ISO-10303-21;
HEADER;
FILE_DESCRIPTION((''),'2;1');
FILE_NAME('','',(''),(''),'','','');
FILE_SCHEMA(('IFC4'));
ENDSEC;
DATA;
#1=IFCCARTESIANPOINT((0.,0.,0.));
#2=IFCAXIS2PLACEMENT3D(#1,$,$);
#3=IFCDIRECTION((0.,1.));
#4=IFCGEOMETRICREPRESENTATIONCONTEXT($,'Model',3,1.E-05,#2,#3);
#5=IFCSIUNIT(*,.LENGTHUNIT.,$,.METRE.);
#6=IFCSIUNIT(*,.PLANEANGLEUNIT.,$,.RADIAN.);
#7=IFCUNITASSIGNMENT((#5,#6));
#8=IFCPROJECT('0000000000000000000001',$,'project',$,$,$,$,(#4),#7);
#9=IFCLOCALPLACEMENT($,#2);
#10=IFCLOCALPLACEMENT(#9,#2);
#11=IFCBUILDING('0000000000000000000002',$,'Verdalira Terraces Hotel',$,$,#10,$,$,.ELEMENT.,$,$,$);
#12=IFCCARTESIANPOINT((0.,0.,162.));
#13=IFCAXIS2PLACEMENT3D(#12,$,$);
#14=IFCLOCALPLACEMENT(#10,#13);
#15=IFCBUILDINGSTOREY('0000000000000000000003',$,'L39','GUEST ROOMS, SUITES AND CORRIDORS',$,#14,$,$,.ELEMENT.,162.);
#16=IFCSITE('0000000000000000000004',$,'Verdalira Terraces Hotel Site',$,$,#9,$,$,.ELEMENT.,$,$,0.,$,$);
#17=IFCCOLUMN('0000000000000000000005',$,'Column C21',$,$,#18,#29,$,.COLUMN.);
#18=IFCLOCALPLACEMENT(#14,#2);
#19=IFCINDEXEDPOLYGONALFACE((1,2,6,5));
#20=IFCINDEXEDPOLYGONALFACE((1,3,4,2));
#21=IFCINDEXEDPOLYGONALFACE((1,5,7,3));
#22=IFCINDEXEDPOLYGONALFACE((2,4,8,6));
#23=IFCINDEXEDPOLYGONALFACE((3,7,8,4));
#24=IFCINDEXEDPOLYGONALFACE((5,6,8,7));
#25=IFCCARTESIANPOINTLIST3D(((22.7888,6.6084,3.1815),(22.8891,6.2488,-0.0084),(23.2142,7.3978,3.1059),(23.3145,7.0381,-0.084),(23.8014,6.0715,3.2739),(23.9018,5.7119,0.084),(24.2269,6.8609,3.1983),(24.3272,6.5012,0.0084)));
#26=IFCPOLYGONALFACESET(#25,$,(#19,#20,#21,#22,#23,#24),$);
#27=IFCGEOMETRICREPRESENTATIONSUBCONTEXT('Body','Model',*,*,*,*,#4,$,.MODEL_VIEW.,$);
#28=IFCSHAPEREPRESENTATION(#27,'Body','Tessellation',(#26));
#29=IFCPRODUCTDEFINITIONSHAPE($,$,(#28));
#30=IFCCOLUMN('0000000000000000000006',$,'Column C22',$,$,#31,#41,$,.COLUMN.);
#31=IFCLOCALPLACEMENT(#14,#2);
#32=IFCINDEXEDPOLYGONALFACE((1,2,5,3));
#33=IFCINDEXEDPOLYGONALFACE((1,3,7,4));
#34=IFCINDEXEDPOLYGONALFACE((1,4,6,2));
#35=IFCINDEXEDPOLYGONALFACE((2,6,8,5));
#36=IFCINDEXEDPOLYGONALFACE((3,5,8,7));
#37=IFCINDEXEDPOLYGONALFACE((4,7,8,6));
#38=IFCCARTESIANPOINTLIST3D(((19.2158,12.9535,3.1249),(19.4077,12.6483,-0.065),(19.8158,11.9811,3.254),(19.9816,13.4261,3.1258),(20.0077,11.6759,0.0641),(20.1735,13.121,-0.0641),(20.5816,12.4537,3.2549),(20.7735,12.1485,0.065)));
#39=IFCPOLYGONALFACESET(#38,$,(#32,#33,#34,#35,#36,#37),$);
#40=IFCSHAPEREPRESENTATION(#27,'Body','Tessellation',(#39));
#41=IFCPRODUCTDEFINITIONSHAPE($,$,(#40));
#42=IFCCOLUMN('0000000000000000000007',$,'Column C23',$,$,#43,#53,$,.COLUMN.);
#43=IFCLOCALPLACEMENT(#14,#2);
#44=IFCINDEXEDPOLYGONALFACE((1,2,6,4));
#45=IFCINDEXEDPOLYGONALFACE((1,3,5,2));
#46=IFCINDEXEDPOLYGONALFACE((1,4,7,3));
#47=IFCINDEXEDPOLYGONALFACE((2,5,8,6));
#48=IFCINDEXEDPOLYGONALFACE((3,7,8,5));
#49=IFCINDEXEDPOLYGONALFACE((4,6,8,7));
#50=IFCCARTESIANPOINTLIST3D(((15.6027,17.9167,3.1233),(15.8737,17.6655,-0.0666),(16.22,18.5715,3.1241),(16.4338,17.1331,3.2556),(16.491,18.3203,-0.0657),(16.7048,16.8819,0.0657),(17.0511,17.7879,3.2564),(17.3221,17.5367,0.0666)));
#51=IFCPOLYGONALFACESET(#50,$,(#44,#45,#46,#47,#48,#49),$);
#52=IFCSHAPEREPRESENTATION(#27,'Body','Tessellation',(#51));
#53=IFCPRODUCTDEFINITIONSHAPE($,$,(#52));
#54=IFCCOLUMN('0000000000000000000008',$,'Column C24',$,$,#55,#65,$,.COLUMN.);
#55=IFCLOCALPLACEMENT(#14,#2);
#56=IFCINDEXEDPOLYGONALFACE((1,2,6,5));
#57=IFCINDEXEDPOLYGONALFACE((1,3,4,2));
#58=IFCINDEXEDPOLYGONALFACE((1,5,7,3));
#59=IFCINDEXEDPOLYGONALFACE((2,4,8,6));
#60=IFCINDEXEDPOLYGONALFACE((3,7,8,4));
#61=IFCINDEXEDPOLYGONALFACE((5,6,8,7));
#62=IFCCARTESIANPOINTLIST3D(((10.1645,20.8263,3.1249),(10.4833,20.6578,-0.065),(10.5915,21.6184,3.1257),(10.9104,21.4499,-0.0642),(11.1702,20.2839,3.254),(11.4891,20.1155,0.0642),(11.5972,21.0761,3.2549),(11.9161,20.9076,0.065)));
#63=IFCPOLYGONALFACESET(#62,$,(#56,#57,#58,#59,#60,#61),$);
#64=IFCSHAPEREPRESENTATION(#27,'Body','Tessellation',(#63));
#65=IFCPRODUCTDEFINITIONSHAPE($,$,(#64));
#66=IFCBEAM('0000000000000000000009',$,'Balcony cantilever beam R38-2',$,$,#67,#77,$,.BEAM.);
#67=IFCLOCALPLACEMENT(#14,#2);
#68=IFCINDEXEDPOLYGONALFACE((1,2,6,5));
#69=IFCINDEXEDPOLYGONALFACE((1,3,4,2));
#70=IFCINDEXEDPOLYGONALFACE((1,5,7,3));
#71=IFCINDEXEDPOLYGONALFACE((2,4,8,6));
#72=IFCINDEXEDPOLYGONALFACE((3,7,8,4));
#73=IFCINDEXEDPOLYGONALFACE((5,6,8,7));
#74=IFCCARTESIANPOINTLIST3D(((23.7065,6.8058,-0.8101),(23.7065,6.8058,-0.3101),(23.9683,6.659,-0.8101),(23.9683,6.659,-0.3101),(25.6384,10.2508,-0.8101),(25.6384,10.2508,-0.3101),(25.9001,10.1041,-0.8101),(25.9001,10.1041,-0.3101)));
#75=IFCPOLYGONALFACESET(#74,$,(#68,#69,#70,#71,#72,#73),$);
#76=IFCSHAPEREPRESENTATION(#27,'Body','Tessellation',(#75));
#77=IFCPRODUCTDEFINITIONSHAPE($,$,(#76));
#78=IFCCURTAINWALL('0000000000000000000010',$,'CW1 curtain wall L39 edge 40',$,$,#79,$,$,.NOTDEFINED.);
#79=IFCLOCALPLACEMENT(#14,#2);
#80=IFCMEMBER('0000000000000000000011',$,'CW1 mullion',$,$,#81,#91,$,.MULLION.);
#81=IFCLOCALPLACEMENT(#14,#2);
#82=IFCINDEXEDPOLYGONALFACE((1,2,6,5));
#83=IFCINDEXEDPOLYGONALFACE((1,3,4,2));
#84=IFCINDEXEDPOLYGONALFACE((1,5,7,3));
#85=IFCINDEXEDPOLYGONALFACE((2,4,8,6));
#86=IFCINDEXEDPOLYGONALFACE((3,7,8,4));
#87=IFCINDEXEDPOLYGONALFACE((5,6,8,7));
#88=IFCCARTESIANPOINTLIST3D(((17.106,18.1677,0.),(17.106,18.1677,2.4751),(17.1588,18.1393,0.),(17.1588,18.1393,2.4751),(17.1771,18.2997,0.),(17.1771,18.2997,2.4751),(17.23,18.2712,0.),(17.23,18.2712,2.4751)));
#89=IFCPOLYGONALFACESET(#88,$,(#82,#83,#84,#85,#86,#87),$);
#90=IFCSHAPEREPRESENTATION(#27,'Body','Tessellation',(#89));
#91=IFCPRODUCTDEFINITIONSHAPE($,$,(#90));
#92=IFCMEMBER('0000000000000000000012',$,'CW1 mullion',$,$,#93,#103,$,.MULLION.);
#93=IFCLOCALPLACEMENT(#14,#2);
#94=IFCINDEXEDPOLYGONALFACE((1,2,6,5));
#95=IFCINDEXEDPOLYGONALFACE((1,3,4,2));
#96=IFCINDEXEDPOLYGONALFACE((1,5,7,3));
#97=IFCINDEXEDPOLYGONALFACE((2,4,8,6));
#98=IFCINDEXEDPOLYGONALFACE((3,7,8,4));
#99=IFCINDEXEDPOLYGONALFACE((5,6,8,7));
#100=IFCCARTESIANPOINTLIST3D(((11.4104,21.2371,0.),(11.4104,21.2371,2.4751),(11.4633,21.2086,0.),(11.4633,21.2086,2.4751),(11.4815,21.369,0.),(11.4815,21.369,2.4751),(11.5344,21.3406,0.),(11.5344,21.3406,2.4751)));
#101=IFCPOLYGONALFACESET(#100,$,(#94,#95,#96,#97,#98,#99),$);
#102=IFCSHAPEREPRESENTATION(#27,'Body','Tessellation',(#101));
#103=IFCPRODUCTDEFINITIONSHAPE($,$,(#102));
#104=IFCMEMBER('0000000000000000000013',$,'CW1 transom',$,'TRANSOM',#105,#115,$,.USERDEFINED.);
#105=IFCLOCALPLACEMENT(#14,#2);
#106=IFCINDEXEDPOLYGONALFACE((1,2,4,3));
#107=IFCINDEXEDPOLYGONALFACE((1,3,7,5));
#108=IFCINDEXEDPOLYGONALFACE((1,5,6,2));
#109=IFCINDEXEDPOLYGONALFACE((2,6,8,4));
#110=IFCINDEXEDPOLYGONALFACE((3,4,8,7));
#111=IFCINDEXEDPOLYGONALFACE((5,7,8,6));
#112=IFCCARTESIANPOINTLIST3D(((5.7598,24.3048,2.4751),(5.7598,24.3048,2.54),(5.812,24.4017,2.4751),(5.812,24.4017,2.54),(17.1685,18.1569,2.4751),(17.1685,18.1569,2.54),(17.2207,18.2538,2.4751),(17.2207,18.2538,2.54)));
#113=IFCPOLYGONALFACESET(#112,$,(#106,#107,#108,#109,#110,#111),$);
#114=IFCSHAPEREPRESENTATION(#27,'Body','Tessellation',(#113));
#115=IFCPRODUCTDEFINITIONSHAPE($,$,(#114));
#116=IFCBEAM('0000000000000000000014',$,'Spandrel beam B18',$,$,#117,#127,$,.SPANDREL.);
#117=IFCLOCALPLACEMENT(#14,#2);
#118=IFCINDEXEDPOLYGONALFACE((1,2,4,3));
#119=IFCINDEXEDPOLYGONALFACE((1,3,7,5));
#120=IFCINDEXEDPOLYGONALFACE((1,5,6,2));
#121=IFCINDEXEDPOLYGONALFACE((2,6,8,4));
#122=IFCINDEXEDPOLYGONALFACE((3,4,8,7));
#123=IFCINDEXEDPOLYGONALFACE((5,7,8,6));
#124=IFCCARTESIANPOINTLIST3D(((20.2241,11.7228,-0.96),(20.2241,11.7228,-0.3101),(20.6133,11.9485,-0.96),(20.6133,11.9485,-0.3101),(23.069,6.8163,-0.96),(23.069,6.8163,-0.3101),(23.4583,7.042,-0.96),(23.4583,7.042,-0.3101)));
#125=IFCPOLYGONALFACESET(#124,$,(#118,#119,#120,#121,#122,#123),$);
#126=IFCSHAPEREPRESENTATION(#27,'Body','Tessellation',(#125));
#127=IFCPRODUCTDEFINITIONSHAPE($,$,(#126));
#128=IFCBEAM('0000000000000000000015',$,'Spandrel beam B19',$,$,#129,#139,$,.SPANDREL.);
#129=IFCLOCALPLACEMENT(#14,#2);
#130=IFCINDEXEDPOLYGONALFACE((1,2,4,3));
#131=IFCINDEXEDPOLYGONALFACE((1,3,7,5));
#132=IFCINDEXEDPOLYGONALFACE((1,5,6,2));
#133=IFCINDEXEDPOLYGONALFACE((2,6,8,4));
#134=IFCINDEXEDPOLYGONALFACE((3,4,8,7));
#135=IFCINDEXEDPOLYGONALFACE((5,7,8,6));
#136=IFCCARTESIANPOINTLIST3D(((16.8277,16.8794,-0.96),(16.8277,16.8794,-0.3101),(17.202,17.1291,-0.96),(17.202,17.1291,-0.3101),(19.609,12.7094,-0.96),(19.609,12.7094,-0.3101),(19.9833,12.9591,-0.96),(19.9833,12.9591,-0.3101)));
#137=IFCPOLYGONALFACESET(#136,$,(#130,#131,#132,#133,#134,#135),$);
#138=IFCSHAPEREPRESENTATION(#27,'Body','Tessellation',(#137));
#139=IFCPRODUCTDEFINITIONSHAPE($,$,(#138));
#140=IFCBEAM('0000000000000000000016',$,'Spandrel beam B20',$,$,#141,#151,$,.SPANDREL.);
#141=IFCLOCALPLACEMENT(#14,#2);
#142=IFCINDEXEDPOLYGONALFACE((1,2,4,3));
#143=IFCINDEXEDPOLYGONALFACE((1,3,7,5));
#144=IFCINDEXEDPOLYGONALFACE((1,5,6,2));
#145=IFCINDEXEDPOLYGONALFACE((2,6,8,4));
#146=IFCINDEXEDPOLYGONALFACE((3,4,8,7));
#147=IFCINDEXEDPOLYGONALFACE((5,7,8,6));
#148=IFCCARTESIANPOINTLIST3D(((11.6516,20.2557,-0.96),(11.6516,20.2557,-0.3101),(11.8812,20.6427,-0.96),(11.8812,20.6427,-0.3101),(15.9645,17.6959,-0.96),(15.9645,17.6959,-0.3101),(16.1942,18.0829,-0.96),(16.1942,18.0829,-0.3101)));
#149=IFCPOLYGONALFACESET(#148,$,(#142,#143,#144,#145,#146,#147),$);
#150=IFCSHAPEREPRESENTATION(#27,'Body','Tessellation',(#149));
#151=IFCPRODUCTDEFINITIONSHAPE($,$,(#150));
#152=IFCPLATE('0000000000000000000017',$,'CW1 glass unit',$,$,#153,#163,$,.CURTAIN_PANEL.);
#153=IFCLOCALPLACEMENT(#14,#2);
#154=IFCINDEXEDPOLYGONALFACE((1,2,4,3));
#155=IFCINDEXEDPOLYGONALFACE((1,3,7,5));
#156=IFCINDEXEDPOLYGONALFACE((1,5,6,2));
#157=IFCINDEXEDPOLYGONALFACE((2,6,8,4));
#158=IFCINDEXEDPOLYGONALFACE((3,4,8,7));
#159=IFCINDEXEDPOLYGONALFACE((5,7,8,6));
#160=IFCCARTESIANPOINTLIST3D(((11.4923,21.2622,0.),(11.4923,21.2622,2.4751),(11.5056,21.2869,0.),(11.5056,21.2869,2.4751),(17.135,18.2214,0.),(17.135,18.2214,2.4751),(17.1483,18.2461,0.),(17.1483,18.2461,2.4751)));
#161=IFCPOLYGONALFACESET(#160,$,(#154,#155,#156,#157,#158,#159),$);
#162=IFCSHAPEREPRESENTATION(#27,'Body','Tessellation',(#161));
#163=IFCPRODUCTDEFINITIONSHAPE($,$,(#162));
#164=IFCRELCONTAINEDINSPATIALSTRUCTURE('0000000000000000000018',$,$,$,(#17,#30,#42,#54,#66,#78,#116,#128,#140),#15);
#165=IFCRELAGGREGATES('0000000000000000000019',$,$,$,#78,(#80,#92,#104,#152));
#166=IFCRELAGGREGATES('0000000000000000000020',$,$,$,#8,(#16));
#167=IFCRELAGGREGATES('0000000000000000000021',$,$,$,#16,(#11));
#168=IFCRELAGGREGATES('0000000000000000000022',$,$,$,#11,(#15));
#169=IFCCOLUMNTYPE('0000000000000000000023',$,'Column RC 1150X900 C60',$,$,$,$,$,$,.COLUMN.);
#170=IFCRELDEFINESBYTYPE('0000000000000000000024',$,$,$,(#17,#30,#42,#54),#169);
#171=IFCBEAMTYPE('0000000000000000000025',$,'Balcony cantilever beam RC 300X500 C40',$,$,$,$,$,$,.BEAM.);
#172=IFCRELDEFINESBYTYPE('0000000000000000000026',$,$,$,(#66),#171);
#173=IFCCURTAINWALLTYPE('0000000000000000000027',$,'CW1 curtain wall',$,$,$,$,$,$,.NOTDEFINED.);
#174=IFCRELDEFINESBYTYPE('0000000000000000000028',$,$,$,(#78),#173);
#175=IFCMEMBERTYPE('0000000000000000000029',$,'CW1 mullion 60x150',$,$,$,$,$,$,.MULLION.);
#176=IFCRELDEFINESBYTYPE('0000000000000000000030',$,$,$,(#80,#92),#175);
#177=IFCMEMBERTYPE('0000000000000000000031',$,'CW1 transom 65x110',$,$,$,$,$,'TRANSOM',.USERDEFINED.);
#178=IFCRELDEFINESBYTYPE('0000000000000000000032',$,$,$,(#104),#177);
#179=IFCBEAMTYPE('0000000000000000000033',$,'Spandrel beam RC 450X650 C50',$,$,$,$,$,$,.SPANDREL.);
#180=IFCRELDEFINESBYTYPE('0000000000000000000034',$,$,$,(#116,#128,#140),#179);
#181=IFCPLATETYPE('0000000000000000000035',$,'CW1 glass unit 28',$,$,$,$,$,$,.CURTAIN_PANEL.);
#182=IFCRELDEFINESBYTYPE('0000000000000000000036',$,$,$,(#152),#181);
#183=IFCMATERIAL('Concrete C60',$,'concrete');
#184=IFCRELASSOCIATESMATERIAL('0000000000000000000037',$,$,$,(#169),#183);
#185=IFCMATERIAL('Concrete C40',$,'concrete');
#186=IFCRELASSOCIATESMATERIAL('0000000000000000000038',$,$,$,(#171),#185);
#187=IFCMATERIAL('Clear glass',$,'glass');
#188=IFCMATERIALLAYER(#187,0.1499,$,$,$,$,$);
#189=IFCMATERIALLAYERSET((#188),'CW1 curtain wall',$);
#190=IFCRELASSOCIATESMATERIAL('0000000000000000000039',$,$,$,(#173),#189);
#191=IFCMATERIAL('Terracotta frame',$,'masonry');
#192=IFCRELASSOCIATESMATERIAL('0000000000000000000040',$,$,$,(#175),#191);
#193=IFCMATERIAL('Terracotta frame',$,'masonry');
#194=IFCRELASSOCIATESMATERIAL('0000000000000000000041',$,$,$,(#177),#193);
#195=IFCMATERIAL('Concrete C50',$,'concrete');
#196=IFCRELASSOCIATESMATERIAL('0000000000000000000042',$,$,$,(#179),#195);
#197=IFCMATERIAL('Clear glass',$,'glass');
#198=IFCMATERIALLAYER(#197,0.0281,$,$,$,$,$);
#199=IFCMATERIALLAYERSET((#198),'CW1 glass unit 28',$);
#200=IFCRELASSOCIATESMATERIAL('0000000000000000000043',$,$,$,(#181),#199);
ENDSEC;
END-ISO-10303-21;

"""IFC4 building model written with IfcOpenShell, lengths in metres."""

from ifc_helpers import new_model, si_unit, direction, frame, origin, origin_2d, place, context, subcontext, project, spatial, rectangle, extrude, material, layer, layer_set, material_profile, profile_set, type_object, element, aggregate, save


model = new_model("IFC4")

# Units and contexts
model_context = context("Model", 3, precision=1e-05, world=origin(), true_north=direction((0.0, 1.0)))
body_context = subcontext(model_context, "Body", "Model", "MODEL_VIEW")
ifc_project = project(units=[si_unit("LENGTHUNIT", "METRE"), si_unit("PLANEANGLEUNIT", "RADIAN")], contexts=[model_context])

# Site, building, storey
site_placement = place(None, origin())
site = spatial("IfcSite", under=ifc_project, at=site_placement, Name="Verdalira Terraces Hotel Site", CompositionType="ELEMENT", RefElevation=0.0)
building_placement = place(site_placement, origin())
building = spatial("IfcBuilding", under=site, at=building_placement, Name="Verdalira Terraces Hotel", CompositionType="ELEMENT")
storey_placement = place(building_placement, frame((0.0, 0.0, 162.0)))
storey = spatial("IfcBuildingStorey", under=building, at=storey_placement, Name="L39", Description="GUEST ROOMS, SUITES AND CORRIDORS", CompositionType="ELEMENT", Elevation=162.0)

# Columns
ifc_material_1 = material(Name="Concrete C60", Category="concrete")
ifc_material_profile_1 = material_profile(ifc_material_1, rectangle(XDim=1.1499, YDim=0.8999, at=origin_2d()), Name="RC 1150X900")
ifc_profile_set_1 = profile_set([ifc_material_profile_1], Name="Concrete C60")
column_type = type_object("IfcColumnType", Name="Column RC 1150X900 C60", PredefinedType="COLUMN", material=ifc_profile_set_1)
column_1_placement = place(storey_placement, frame((23.6082, 6.375, 0.0), z_axis=(-0.031242, 0.111971, 0.99322), x_axis=(0.880654, -0.466899, 0.080338)))
element("IfcColumn", 1, at=column_1_placement, inside=storey, type_object=column_type, Name="Column C21", PredefinedType="COLUMN", context=body_context, shape_type="SweptSolid", body=[
    extrude(rectangle(XDim=1.1499, YDim=0.8999, at=origin_2d()), origin(), (0.0, 0.0, 1.0), 3.2117),
])
column_2_placement = place(storey_placement, frame((20.0906, 12.3984, 0.0), z_axis=(-0.059776, 0.095063, 0.993675), x_axis=(-0.521787, 0.845653, -0.112291)))
element("IfcColumn", 2, at=column_2_placement, inside=storey, type_object=column_type, Name="Column C22", PredefinedType="COLUMN", context=body_context, shape_type="SweptSolid", body=[
    extrude(rectangle(XDim=1.1499, YDim=0.8999, at=origin_2d()), origin(), (0.0, 0.0, 1.0), 3.2102),
])
column_3_placement = place(storey_placement, frame((16.5979, 17.6011, 0.0), z_axis=(-0.084389, 0.078231, 0.993357), x_axis=(0.722727, -0.681487, 0.115068)))
element("IfcColumn", 3, at=column_3_placement, inside=storey, type_object=column_type, Name="Column C23", PredefinedType="COLUMN", context=body_context, shape_type="SweptSolid", body=[
    extrude(rectangle(XDim=1.1499, YDim=0.8999, at=origin_2d()), origin(), (0.0, 0.0, 1.0), 3.2112),
])
column_4_placement = place(storey_placement, frame((11.1997, 20.7827, 0.0), z_axis=(-0.099321, 0.052475, 0.993671), x_axis=(-0.874617, 0.471623, -0.112327)))
element("IfcColumn", 4, at=column_4_placement, inside=storey, type_object=column_type, Name="Column C24", PredefinedType="COLUMN", context=body_context, shape_type="SweptSolid", body=[
    extrude(rectangle(XDim=1.1499, YDim=0.8999, at=origin_2d()), origin(), (0.0, 0.0, 1.0), 3.2102),
])

# Beam
ifc_material_2 = material(Name="Concrete C40", Category="concrete")
ifc_material_profile_2 = material_profile(ifc_material_2, rectangle(XDim=0.3, YDim=0.5, at=origin_2d()), Name="RC 300X500")
ifc_profile_set_2 = profile_set([ifc_material_profile_2], Name="Concrete C40")
beam_type_1 = type_object("IfcBeamType", Name="Balcony cantilever beam RC 300X500 C40", PredefinedType="BEAM", material=ifc_profile_set_2)
beam_1_placement = place(storey_placement, frame((23.8374, 6.7324, -0.5601), z_axis=(0.489113, 0.87222, 0.0), x_axis=(-0.87222, 0.489113, 0.0)))
element("IfcBeam", 5, at=beam_1_placement, inside=storey, type_object=beam_type_1, Name="Balcony cantilever beam R38-2", PredefinedType="BEAM", context=body_context, shape_type="SweptSolid", body=[
    extrude(rectangle(XDim=0.3, YDim=0.5, at=origin_2d()), origin(), (0.0, 0.0, 1.0), 3.9497),
])

# Curtain wall, members
ifc_material_3 = material(Name="Clear glass", Category="glass")
ifc_layer_1 = layer(ifc_material_3, 0.1499)
ifc_layer_set_1 = layer_set([ifc_layer_1], Name="CW1 curtain wall")
curtain_wall_type = type_object("IfcCurtainWallType", Name="CW1 curtain wall", PredefinedType="NOTDEFINED", material=ifc_layer_set_1)
curtain_wall_placement = place(storey_placement, origin())
curtain_wall = element("IfcCurtainWall", 6, at=curtain_wall_placement, inside=storey, type_object=curtain_wall_type, Name="CW1 curtain wall L39 edge 40", PredefinedType="NOTDEFINED")
ifc_material_4 = material(Name="Terracotta frame", Category="masonry")
ifc_material_profile_3 = material_profile(ifc_material_4, rectangle(XDim=0.0601, YDim=0.1499, at=origin_2d()), Name="MU 60x150")
ifc_profile_set_3 = profile_set([ifc_material_profile_3], Name="Terracotta frame")
member_type_1 = type_object("IfcMemberType", Name="CW1 mullion 60x150", PredefinedType="MULLION", material=ifc_profile_set_3)
member_1_placement = place(storey_placement, frame((17.168, 18.2195, 0.0), z_axis=(0.0, 0.0, 1.0), x_axis=(-0.880312, 0.474396, 0.0)))
member_1 = element("IfcMember", 7, at=member_1_placement, type_object=member_type_1, Name="CW1 mullion", PredefinedType="MULLION", context=body_context, shape_type="SweptSolid", body=[
    extrude(rectangle(XDim=0.0601, YDim=0.1499, at=origin_2d()), origin(), (0.0, 0.0, 1.0), 2.4751),
])
member_2_placement = place(storey_placement, frame((11.4724, 21.2888, 0.0), z_axis=(0.0, 0.0, 1.0), x_axis=(-0.880312, 0.474396, 0.0)))
member_2 = element("IfcMember", 8, at=member_2_placement, type_object=member_type_1, Name="CW1 mullion", PredefinedType="MULLION", context=body_context, shape_type="SweptSolid", body=[
    extrude(rectangle(XDim=0.0601, YDim=0.1499, at=origin_2d()), origin(), (0.0, 0.0, 1.0), 2.4751),
])
ifc_material_5 = material(Name="Terracotta frame", Category="masonry")
ifc_material_profile_4 = material_profile(ifc_material_5, rectangle(XDim=0.1101, YDim=0.0649, at=origin_2d()), Name="TR 65x110")
ifc_profile_set_4 = profile_set([ifc_material_profile_4], Name="Terracotta frame")
member_type_2 = type_object("IfcMemberType", Name="CW1 transom 65x110", ElementType="TRANSOM", PredefinedType="USERDEFINED", material=ifc_profile_set_4)
member_3_placement = place(storey_placement, frame((17.1946, 18.2053, 2.5076), z_axis=(-0.880316, 0.474387, 0.0), x_axis=(-0.474387, -0.880316, 0.0)))
member_3 = element("IfcMember", 9, at=member_3_placement, type_object=member_type_2, Name="CW1 transom", ObjectType="TRANSOM", PredefinedType="USERDEFINED", context=body_context, shape_type="SweptSolid", body=[
    extrude(rectangle(XDim=0.1101, YDim=0.0649, at=origin_2d()), origin(), (0.0, 0.0, 1.0), 12.9597),
])

# Beams
ifc_material_6 = material(Name="Concrete C50", Category="concrete")
ifc_material_profile_5 = material_profile(ifc_material_6, rectangle(XDim=0.45, YDim=0.6499, at=origin_2d()), Name="RC 450X650")
ifc_profile_set_5 = profile_set([ifc_material_profile_5], Name="Concrete C50")
beam_type_2 = type_object("IfcBeamType", Name="Spandrel beam RC 450X650 C50", PredefinedType="SPANDREL", material=ifc_profile_set_5)
beam_2_placement = place(storey_placement, frame((23.2637, 6.9292, -0.635), z_axis=(-0.501613, 0.865092, 0.0), x_axis=(-0.865092, -0.501613, 0.0)))
element("IfcBeam", 10, at=beam_2_placement, inside=storey, type_object=beam_type_2, Name="Spandrel beam B18", PredefinedType="SPANDREL", context=body_context, shape_type="SweptSolid", body=[
    extrude(rectangle(XDim=0.45, YDim=0.6499, at=origin_2d()), origin(), (0.0, 0.0, 1.0), 5.6716),
])
beam_3_placement = place(storey_placement, frame((19.7961, 12.8342, -0.635), z_axis=(-0.55488, 0.83193, 0.0), x_axis=(-0.83193, -0.55488, 0.0)))
element("IfcBeam", 11, at=beam_3_placement, inside=storey, type_object=beam_type_2, Name="Spandrel beam B19", PredefinedType="SPANDREL", context=body_context, shape_type="SweptSolid", body=[
    extrude(rectangle(XDim=0.45, YDim=0.6499, at=origin_2d()), origin(), (0.0, 0.0, 1.0), 5.0125),
])
beam_4_placement = place(storey_placement, frame((16.0793, 17.8894, -0.635), z_axis=(-0.859944, 0.510388, 0.0), x_axis=(-0.510388, -0.859944, 0.0)))
element("IfcBeam", 12, at=beam_4_placement, inside=storey, type_object=beam_type_2, Name="Spandrel beam B20", PredefinedType="SPANDREL", context=body_context, shape_type="SweptSolid", body=[
    extrude(rectangle(XDim=0.45, YDim=0.6499, at=origin_2d()), origin(), (0.0, 0.0, 1.0), 5.0154),
])

# Plate
ifc_material_7 = material(Name="Clear glass", Category="glass")
ifc_layer_2 = layer(ifc_material_7, 0.0281)
ifc_layer_set_2 = layer_set([ifc_layer_2], Name="CW1 glass unit 28")
plate_type = type_object("IfcPlateType", Name="CW1 glass unit 28", PredefinedType="CURTAIN_PANEL", material=ifc_layer_set_2)
plate_placement = place(storey_placement, frame((14.3203, 19.7541, 0.0), z_axis=(0.0, 0.0, 1.0), x_axis=(-0.880312, 0.474396, 0.0)))
plate = element("IfcPlate", 13, at=plate_placement, type_object=plate_type, Name="CW1 glass unit", PredefinedType="CURTAIN_PANEL", context=body_context, shape_type="SweptSolid", body=[
    extrude(rectangle(XDim=6.4099, YDim=0.0281, at=origin_2d()), origin(), (0.0, 0.0, 1.0), 2.4751),
])
aggregate(curtain_wall, [member_1, member_2, member_3, plate])

save(model, "model.ifc")
